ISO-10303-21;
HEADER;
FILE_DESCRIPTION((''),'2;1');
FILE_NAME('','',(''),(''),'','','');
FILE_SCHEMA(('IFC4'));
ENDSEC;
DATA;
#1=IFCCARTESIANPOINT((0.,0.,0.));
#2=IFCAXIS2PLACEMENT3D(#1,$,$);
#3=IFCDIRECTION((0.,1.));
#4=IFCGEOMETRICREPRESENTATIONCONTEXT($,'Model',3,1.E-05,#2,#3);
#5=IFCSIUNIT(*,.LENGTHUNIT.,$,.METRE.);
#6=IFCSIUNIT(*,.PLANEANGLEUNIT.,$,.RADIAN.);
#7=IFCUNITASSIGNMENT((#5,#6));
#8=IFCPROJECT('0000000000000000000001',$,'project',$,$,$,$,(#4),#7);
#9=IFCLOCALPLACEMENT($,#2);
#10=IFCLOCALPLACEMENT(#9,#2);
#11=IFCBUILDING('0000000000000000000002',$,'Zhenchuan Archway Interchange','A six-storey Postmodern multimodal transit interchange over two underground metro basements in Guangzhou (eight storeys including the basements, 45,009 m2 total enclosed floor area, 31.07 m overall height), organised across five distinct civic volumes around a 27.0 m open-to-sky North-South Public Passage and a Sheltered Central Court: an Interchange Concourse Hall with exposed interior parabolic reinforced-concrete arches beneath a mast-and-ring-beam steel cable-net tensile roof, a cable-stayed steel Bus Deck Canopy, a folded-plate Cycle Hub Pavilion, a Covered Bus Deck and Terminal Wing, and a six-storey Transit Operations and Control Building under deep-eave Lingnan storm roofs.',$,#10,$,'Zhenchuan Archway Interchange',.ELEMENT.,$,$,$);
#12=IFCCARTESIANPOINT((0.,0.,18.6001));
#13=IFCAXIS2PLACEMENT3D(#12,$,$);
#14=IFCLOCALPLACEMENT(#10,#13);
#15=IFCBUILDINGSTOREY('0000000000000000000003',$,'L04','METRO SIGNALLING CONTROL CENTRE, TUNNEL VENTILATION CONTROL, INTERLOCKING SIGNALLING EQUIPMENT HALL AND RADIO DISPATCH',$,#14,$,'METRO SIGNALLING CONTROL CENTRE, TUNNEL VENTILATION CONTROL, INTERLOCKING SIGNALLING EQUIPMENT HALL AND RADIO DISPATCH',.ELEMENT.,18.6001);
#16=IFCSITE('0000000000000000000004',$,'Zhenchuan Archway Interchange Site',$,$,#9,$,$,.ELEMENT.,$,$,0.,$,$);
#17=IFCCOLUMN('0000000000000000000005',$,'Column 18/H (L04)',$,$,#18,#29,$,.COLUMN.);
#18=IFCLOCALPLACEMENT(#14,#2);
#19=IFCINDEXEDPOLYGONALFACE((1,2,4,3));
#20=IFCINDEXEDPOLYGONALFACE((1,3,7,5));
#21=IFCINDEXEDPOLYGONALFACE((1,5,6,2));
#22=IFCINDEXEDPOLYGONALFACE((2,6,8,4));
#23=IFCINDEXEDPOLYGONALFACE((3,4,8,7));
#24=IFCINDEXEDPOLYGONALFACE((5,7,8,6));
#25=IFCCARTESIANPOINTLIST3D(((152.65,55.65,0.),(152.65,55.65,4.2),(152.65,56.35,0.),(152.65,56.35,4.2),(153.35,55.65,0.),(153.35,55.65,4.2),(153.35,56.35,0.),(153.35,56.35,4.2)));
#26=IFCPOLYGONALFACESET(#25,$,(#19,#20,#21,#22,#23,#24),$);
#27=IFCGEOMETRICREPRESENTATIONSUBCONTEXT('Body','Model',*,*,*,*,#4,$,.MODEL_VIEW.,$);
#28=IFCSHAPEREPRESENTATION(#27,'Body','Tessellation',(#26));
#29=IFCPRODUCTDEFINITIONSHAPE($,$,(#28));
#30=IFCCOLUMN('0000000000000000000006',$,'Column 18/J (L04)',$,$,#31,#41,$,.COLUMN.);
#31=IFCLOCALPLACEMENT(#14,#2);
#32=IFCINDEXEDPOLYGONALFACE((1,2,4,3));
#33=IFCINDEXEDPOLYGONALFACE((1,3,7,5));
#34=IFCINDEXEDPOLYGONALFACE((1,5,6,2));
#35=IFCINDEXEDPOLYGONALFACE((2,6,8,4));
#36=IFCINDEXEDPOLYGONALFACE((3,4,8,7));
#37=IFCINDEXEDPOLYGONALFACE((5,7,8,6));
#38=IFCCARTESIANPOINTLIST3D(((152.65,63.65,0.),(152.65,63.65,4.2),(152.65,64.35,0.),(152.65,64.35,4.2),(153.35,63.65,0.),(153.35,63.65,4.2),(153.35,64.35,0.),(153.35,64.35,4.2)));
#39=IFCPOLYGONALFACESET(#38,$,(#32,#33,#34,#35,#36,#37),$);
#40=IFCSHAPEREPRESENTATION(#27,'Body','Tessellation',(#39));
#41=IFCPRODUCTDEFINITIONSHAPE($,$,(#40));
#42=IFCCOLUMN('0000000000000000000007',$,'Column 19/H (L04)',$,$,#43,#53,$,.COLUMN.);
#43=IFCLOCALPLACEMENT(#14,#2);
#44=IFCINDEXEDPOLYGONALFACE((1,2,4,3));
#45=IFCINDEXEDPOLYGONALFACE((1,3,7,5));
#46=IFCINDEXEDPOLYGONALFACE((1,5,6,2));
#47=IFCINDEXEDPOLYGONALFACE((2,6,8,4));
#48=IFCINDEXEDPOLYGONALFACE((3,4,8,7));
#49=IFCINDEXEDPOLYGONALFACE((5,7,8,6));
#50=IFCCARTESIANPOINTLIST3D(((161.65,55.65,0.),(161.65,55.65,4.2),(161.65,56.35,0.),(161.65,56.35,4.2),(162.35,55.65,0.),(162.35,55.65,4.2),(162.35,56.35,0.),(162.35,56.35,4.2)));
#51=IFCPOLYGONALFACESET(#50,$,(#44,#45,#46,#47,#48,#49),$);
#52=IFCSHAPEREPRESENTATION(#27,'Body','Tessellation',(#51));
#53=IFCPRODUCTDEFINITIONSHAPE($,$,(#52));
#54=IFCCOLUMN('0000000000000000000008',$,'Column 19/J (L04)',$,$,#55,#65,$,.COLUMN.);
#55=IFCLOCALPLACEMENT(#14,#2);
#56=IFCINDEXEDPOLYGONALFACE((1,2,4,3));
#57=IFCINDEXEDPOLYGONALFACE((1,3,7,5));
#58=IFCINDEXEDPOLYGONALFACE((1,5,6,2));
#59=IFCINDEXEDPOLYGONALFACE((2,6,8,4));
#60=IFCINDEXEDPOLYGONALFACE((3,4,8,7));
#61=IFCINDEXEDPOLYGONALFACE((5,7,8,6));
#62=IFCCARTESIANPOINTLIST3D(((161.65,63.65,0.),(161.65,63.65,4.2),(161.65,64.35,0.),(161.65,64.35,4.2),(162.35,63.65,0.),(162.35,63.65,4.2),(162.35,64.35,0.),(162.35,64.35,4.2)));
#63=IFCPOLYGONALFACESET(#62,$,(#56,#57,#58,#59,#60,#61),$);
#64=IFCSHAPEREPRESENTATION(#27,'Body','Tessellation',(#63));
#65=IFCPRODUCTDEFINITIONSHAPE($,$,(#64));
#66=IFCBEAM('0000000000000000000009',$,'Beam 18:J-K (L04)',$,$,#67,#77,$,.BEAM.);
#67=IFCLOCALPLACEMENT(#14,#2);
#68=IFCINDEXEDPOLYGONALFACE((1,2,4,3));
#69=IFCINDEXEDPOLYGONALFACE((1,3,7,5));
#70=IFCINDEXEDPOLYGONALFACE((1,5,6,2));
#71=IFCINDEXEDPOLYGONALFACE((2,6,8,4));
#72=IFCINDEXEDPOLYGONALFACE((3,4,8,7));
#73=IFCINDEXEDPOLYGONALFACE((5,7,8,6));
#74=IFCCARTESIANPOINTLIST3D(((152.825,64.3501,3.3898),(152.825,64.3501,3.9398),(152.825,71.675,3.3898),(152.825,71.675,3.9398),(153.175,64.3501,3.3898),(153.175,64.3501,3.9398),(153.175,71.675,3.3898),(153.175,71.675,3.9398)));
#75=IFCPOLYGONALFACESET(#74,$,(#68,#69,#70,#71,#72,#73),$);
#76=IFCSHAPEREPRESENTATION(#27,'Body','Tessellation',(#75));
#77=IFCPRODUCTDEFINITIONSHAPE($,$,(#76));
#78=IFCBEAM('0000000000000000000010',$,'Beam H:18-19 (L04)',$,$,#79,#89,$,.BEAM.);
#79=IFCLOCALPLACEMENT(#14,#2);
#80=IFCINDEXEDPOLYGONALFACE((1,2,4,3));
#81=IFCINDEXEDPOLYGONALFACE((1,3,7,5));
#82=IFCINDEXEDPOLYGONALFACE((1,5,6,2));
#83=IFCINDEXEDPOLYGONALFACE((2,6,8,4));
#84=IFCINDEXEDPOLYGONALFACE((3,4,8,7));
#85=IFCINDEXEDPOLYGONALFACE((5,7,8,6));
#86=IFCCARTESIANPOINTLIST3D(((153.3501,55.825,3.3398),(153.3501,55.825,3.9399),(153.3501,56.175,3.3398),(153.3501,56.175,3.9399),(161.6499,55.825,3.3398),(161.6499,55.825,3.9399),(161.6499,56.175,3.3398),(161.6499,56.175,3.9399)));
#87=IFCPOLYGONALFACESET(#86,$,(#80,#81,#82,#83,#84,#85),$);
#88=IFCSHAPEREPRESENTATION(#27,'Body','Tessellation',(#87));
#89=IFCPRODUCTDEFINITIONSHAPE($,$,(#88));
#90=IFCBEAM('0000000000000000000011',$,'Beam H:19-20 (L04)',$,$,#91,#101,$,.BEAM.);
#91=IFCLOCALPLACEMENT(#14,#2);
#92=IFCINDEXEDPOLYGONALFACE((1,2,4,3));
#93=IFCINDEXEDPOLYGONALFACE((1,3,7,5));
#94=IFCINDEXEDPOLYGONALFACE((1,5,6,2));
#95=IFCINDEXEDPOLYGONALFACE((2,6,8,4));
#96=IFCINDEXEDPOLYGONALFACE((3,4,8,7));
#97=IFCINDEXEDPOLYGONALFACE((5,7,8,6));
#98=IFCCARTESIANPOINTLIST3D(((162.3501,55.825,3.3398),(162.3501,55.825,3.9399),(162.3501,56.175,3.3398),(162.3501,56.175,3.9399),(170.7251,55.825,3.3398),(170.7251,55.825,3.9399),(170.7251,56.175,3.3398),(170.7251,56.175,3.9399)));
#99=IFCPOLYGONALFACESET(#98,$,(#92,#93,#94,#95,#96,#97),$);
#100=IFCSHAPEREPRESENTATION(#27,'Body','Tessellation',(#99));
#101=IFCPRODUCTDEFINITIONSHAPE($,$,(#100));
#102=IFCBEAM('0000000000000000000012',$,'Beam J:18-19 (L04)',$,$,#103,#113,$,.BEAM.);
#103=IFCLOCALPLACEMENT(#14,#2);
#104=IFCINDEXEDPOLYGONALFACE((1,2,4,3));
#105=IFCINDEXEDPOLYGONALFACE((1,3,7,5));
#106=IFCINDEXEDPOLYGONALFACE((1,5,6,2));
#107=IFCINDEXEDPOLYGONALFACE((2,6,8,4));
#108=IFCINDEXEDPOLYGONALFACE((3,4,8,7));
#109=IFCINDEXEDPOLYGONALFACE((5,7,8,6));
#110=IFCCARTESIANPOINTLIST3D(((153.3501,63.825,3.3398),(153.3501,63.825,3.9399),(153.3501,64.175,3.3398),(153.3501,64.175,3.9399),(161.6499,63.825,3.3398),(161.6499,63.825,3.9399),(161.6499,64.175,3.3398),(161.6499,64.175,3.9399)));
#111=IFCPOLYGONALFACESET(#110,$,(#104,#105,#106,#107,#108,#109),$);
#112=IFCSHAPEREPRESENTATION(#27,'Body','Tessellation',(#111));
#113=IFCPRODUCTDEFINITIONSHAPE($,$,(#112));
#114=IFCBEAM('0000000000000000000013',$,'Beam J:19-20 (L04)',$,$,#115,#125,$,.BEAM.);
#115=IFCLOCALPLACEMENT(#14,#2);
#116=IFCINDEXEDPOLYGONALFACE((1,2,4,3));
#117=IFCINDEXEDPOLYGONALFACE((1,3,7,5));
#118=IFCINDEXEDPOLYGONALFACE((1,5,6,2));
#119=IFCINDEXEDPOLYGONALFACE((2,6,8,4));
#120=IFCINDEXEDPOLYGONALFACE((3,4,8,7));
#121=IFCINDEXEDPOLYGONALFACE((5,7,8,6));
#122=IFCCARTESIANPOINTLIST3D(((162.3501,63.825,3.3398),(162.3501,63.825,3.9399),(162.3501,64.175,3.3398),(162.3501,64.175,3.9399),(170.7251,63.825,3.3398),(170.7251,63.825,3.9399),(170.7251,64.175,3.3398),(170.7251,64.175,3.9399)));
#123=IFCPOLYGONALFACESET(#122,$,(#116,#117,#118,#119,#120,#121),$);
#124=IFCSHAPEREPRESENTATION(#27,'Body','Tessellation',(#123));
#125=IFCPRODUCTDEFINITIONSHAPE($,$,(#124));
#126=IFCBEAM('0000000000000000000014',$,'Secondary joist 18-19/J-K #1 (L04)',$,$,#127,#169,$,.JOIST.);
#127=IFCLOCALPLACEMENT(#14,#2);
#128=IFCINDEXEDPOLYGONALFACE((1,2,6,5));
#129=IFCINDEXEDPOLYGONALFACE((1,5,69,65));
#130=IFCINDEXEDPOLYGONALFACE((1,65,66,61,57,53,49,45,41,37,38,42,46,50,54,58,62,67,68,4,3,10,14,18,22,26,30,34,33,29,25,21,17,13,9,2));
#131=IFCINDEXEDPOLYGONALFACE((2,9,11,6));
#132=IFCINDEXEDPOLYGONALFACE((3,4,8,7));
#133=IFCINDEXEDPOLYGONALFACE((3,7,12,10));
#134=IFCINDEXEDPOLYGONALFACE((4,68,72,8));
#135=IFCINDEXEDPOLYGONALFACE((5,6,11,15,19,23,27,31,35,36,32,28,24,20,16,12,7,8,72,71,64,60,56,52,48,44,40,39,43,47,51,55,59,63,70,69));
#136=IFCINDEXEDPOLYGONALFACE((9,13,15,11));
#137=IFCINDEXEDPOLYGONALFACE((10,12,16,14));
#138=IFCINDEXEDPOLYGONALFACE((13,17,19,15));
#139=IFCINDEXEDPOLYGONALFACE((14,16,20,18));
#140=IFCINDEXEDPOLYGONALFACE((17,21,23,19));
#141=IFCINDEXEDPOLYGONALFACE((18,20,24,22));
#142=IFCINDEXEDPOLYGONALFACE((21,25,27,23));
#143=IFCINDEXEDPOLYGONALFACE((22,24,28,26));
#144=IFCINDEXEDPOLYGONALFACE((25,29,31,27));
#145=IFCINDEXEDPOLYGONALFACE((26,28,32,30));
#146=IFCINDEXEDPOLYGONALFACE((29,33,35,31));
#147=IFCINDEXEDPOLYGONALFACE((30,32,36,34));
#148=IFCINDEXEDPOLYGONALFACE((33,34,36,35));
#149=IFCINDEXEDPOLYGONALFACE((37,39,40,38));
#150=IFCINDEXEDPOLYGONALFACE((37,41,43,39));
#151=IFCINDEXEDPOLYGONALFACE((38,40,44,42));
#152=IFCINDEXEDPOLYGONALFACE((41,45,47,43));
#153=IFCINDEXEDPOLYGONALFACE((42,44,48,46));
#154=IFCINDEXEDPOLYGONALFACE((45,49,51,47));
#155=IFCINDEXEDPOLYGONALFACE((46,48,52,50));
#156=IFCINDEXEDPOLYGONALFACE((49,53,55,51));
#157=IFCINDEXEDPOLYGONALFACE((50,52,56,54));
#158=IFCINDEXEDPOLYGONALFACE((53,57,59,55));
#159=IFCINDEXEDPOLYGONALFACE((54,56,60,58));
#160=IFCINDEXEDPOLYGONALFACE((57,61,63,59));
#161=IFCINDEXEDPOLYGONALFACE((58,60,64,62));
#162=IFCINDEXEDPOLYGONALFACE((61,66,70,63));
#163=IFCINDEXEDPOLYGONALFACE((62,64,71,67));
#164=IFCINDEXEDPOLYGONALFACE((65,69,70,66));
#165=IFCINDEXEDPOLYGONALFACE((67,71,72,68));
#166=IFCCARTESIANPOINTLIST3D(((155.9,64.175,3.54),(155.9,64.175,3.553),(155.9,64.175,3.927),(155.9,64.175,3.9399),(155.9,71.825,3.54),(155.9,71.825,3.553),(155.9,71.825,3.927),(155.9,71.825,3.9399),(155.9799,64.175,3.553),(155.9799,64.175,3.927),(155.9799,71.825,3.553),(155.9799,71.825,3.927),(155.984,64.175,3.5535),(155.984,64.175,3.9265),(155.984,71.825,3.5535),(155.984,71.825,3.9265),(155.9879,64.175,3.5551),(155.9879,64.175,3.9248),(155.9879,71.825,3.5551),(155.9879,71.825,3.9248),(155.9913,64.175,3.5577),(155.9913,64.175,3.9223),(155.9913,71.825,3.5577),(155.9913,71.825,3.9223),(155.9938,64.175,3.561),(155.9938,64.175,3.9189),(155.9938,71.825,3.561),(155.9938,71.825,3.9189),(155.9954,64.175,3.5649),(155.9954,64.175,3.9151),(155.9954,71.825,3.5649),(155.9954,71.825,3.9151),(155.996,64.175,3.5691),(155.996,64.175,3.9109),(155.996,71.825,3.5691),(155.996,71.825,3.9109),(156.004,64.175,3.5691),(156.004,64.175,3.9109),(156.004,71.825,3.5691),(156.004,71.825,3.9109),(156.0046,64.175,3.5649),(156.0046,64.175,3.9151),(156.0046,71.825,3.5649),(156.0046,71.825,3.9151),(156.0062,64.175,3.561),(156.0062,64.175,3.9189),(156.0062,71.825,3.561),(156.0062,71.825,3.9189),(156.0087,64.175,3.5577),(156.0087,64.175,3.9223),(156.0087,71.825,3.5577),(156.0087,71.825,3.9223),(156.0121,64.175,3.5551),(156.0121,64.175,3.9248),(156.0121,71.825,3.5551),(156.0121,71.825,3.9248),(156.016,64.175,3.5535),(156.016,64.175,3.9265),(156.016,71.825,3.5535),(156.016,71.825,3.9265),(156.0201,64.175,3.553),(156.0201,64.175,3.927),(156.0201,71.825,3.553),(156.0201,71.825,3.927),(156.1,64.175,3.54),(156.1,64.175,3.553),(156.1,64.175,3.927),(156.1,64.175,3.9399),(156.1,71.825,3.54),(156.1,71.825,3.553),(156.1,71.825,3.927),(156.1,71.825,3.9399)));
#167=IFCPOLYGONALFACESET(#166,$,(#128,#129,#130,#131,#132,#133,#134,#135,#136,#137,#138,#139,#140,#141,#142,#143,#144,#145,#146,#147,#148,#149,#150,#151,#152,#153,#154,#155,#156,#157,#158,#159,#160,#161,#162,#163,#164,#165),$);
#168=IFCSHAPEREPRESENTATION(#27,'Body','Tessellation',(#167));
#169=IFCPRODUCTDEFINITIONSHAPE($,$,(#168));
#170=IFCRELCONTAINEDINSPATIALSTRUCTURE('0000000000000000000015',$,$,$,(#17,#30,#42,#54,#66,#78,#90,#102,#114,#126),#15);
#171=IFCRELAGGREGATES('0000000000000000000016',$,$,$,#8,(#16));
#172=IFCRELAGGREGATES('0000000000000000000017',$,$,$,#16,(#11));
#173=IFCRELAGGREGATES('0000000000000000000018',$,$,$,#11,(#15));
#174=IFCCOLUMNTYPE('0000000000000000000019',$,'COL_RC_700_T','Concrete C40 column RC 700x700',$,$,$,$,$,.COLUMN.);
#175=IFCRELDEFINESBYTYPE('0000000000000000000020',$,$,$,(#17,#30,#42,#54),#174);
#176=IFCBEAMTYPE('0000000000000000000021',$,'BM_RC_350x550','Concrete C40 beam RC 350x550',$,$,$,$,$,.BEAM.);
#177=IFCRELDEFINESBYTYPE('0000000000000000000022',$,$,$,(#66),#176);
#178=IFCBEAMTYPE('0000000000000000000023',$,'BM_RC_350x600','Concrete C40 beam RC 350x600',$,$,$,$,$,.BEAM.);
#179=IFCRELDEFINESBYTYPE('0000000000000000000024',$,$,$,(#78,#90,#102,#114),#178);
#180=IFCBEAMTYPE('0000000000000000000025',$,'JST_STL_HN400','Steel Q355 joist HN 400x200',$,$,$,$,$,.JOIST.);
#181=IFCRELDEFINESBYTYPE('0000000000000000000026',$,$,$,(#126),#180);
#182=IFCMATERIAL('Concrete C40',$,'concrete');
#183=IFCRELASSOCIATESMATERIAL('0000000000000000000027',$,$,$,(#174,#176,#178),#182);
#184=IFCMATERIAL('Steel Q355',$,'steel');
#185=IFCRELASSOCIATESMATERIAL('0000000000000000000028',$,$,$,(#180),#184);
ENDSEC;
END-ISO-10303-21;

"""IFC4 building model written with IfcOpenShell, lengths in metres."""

from ifc_helpers import new_model, si_unit, direction, frame, origin, origin_2d, place, context, subcontext, project, spatial, rectangle, i_section, extrude, material, material_profile, profile_set, type_object, element, save


model = new_model("IFC4")

# Units and contexts
model_context = context("Model", 3, precision=1e-05, world=origin(), true_north=direction((0.0, 1.0)))
body_context = subcontext(model_context, "Body", "Model", "MODEL_VIEW")
ifc_project = project(units=[si_unit("LENGTHUNIT", "METRE"), si_unit("PLANEANGLEUNIT", "RADIAN")], contexts=[model_context])

# Site, building, storey
site_placement = place(None, origin())
site = spatial("IfcSite", under=ifc_project, at=site_placement, Name="Zhenchuan Archway Interchange Site", CompositionType="ELEMENT", RefElevation=0.0)
building_placement = place(site_placement, origin())
building = spatial("IfcBuilding", under=site, at=building_placement, Name="Zhenchuan Archway Interchange", Description="A six-storey Postmodern multimodal transit interchange over two underground metro basements in Guangzhou (eight storeys including the basements, 45,009 m2 total enclosed floor area, 31.07 m overall height), organised across five distinct civic volumes around a 27.0 m open-to-sky North-South Public Passage and a Sheltered Central Court: an Interchange Concourse Hall with exposed interior parabolic reinforced-concrete arches beneath a mast-and-ring-beam steel cable-net tensile roof, a cable-stayed steel Bus Deck Canopy, a folded-plate Cycle Hub Pavilion, a Covered Bus Deck and Terminal Wing, and a six-storey Transit Operations and Control Building under deep-eave Lingnan storm roofs.", LongName="Zhenchuan Archway Interchange", CompositionType="ELEMENT")
storey_placement = place(building_placement, frame((0.0, 0.0, 18.6001)))
storey = spatial("IfcBuildingStorey", under=building, at=storey_placement, Name="L04", Description="METRO SIGNALLING CONTROL CENTRE, TUNNEL VENTILATION CONTROL, INTERLOCKING SIGNALLING EQUIPMENT HALL AND RADIO DISPATCH", LongName="METRO SIGNALLING CONTROL CENTRE, TUNNEL VENTILATION CONTROL, INTERLOCKING SIGNALLING EQUIPMENT HALL AND RADIO DISPATCH", CompositionType="ELEMENT", Elevation=18.6001)

# Columns
ifc_material_1 = material(Name="Concrete C40", Category="concrete")
ifc_material_profile_1 = material_profile(ifc_material_1, rectangle(XDim=0.7, YDim=0.7, at=origin_2d()), Name="RC 700x700")
ifc_profile_set_1 = profile_set([ifc_material_profile_1], Name="Concrete C40")
column_type = type_object("IfcColumnType", Name="COL_RC_700_T", Description="Concrete C40 column RC 700x700", PredefinedType="COLUMN", material=ifc_profile_set_1)
for number, where, z_axis, x_axis, name in (
    (1, (153.0, 56.0, 0.0), (0.0, 0.0, 1.0), (1.0, 0.0, 0.0), "Column 18/H (L04)"),
    (2, (153.0, 64.0, 0.0), (0.0, 0.0, 1.0), (1.0, 0.0, 0.0), "Column 18/J (L04)"),
    (3, (162.0, 56.0, 0.0), (0.0, 0.0, 1.0), (1.0, 0.0, 0.0), "Column 19/H (L04)"),
    (4, (162.0, 64.0, 0.0), (0.0, 0.0, 1.0), (1.0, 0.0, 0.0), "Column 19/J (L04)"),
):
    element("IfcColumn", number, at=place(storey_placement, frame(where, z_axis=z_axis, x_axis=x_axis)), inside=storey, type_object=column_type, Name=name, PredefinedType="COLUMN", context=body_context, shape_type="SweptSolid", body=[
        extrude(rectangle(XDim=0.7, YDim=0.7, at=origin_2d()), origin(), (0.0, 0.0, 1.0), 4.2),
    ])

# Beams
ifc_material_profile_2 = material_profile(ifc_material_1, rectangle(XDim=0.3501, YDim=0.55, at=origin_2d()), Name="RC 350x550")
ifc_profile_set_2 = profile_set([ifc_material_profile_2], Name="Concrete C40")
beam_type_1 = type_object("IfcBeamType", Name="BM_RC_350x550", Description="Concrete C40 beam RC 350x550", PredefinedType="BEAM", material=ifc_profile_set_2)
beam_1_placement = place(storey_placement, frame((153.0, 64.3501, 3.6648), z_axis=(0.0, 1.0, 0.0), x_axis=(-1.0, 0.0, 0.0)))
element("IfcBeam", 5, at=beam_1_placement, inside=storey, type_object=beam_type_1, Name="Beam 18:J-K (L04)", PredefinedType="BEAM", context=body_context, shape_type="SweptSolid", body=[
    extrude(rectangle(XDim=0.3501, YDim=0.55, at=origin_2d()), origin(), (0.0, 0.0, 1.0), 7.325),
])
ifc_material_profile_3 = material_profile(ifc_material_1, rectangle(XDim=0.3501, YDim=0.6001, at=origin_2d()), Name="RC 350x600")
ifc_profile_set_3 = profile_set([ifc_material_profile_3], Name="Concrete C40")
beam_type_2 = type_object("IfcBeamType", Name="BM_RC_350x600", Description="Concrete C40 beam RC 350x600", PredefinedType="BEAM", material=ifc_profile_set_3)
beam_2_placement = place(storey_placement, frame((153.3501, 56.0, 3.6399), z_axis=(1.0, 0.0, 0.0), x_axis=(0.0, 1.0, 0.0)))
element("IfcBeam", 6, at=beam_2_placement, inside=storey, type_object=beam_type_2, Name="Beam H:18-19 (L04)", PredefinedType="BEAM", context=body_context, shape_type="SweptSolid", body=[
    extrude(rectangle(XDim=0.3501, YDim=0.6001, at=origin_2d()), origin(), (0.0, 0.0, 1.0), 8.2998),
])
beam_3_placement = place(storey_placement, frame((162.3501, 56.0, 3.6399), z_axis=(1.0, 0.0, 0.0), x_axis=(0.0, 1.0, 0.0)))
element("IfcBeam", 7, at=beam_3_placement, inside=storey, type_object=beam_type_2, Name="Beam H:19-20 (L04)", PredefinedType="BEAM", context=body_context, shape_type="SweptSolid", body=[
    extrude(rectangle(XDim=0.3501, YDim=0.6001, at=origin_2d()), origin(), (0.0, 0.0, 1.0), 8.375),
])
beam_4_placement = place(storey_placement, frame((153.3501, 64.0, 3.6399), z_axis=(1.0, 0.0, 0.0), x_axis=(0.0, 1.0, 0.0)))
element("IfcBeam", 8, at=beam_4_placement, inside=storey, type_object=beam_type_2, Name="Beam J:18-19 (L04)", PredefinedType="BEAM", context=body_context, shape_type="SweptSolid", body=[
    extrude(rectangle(XDim=0.3501, YDim=0.6001, at=origin_2d()), origin(), (0.0, 0.0, 1.0), 8.2998),
])
beam_5_placement = place(storey_placement, frame((162.3501, 64.0, 3.6399), z_axis=(1.0, 0.0, 0.0), x_axis=(0.0, 1.0, 0.0)))
element("IfcBeam", 9, at=beam_5_placement, inside=storey, type_object=beam_type_2, Name="Beam J:19-20 (L04)", PredefinedType="BEAM", context=body_context, shape_type="SweptSolid", body=[
    extrude(rectangle(XDim=0.3501, YDim=0.6001, at=origin_2d()), origin(), (0.0, 0.0, 1.0), 8.375),
])
ifc_material_2 = material(Name="Steel Q355", Category="steel")
ifc_material_profile_4 = material_profile(ifc_material_2, i_section(OverallWidth=0.2, OverallDepth=0.3999, WebThickness=0.0081, FlangeThickness=0.0129, FilletRadius=0.0161, at=origin_2d()), Name="HN 400x200")
ifc_profile_set_4 = profile_set([ifc_material_profile_4], Name="Steel Q355")
beam_type_3 = type_object("IfcBeamType", Name="JST_STL_HN400", Description="Steel Q355 joist HN 400x200", PredefinedType="JOIST", material=ifc_profile_set_4)
for number, where, z_axis, x_axis, name in (
    (10, (156.0, 64.175, 3.74), (0.0, 1.0, 0.0), (-1.0, 0.0, 0.0), "Secondary joist 18-19/J-K #1 (L04)"),
):
    element("IfcBeam", number, at=place(storey_placement, frame(where, z_axis=z_axis, x_axis=x_axis)), inside=storey, type_object=beam_type_3, Name=name, PredefinedType="JOIST", context=body_context, shape_type="SweptSolid", body=[
        extrude(i_section(OverallWidth=0.2, OverallDepth=0.3999, WebThickness=0.0081, FlangeThickness=0.0129, FilletRadius=0.0161, at=origin_2d()), origin(), (0.0, 0.0, 1.0), 7.6499),
    ])

save(model, "model.ifc")
